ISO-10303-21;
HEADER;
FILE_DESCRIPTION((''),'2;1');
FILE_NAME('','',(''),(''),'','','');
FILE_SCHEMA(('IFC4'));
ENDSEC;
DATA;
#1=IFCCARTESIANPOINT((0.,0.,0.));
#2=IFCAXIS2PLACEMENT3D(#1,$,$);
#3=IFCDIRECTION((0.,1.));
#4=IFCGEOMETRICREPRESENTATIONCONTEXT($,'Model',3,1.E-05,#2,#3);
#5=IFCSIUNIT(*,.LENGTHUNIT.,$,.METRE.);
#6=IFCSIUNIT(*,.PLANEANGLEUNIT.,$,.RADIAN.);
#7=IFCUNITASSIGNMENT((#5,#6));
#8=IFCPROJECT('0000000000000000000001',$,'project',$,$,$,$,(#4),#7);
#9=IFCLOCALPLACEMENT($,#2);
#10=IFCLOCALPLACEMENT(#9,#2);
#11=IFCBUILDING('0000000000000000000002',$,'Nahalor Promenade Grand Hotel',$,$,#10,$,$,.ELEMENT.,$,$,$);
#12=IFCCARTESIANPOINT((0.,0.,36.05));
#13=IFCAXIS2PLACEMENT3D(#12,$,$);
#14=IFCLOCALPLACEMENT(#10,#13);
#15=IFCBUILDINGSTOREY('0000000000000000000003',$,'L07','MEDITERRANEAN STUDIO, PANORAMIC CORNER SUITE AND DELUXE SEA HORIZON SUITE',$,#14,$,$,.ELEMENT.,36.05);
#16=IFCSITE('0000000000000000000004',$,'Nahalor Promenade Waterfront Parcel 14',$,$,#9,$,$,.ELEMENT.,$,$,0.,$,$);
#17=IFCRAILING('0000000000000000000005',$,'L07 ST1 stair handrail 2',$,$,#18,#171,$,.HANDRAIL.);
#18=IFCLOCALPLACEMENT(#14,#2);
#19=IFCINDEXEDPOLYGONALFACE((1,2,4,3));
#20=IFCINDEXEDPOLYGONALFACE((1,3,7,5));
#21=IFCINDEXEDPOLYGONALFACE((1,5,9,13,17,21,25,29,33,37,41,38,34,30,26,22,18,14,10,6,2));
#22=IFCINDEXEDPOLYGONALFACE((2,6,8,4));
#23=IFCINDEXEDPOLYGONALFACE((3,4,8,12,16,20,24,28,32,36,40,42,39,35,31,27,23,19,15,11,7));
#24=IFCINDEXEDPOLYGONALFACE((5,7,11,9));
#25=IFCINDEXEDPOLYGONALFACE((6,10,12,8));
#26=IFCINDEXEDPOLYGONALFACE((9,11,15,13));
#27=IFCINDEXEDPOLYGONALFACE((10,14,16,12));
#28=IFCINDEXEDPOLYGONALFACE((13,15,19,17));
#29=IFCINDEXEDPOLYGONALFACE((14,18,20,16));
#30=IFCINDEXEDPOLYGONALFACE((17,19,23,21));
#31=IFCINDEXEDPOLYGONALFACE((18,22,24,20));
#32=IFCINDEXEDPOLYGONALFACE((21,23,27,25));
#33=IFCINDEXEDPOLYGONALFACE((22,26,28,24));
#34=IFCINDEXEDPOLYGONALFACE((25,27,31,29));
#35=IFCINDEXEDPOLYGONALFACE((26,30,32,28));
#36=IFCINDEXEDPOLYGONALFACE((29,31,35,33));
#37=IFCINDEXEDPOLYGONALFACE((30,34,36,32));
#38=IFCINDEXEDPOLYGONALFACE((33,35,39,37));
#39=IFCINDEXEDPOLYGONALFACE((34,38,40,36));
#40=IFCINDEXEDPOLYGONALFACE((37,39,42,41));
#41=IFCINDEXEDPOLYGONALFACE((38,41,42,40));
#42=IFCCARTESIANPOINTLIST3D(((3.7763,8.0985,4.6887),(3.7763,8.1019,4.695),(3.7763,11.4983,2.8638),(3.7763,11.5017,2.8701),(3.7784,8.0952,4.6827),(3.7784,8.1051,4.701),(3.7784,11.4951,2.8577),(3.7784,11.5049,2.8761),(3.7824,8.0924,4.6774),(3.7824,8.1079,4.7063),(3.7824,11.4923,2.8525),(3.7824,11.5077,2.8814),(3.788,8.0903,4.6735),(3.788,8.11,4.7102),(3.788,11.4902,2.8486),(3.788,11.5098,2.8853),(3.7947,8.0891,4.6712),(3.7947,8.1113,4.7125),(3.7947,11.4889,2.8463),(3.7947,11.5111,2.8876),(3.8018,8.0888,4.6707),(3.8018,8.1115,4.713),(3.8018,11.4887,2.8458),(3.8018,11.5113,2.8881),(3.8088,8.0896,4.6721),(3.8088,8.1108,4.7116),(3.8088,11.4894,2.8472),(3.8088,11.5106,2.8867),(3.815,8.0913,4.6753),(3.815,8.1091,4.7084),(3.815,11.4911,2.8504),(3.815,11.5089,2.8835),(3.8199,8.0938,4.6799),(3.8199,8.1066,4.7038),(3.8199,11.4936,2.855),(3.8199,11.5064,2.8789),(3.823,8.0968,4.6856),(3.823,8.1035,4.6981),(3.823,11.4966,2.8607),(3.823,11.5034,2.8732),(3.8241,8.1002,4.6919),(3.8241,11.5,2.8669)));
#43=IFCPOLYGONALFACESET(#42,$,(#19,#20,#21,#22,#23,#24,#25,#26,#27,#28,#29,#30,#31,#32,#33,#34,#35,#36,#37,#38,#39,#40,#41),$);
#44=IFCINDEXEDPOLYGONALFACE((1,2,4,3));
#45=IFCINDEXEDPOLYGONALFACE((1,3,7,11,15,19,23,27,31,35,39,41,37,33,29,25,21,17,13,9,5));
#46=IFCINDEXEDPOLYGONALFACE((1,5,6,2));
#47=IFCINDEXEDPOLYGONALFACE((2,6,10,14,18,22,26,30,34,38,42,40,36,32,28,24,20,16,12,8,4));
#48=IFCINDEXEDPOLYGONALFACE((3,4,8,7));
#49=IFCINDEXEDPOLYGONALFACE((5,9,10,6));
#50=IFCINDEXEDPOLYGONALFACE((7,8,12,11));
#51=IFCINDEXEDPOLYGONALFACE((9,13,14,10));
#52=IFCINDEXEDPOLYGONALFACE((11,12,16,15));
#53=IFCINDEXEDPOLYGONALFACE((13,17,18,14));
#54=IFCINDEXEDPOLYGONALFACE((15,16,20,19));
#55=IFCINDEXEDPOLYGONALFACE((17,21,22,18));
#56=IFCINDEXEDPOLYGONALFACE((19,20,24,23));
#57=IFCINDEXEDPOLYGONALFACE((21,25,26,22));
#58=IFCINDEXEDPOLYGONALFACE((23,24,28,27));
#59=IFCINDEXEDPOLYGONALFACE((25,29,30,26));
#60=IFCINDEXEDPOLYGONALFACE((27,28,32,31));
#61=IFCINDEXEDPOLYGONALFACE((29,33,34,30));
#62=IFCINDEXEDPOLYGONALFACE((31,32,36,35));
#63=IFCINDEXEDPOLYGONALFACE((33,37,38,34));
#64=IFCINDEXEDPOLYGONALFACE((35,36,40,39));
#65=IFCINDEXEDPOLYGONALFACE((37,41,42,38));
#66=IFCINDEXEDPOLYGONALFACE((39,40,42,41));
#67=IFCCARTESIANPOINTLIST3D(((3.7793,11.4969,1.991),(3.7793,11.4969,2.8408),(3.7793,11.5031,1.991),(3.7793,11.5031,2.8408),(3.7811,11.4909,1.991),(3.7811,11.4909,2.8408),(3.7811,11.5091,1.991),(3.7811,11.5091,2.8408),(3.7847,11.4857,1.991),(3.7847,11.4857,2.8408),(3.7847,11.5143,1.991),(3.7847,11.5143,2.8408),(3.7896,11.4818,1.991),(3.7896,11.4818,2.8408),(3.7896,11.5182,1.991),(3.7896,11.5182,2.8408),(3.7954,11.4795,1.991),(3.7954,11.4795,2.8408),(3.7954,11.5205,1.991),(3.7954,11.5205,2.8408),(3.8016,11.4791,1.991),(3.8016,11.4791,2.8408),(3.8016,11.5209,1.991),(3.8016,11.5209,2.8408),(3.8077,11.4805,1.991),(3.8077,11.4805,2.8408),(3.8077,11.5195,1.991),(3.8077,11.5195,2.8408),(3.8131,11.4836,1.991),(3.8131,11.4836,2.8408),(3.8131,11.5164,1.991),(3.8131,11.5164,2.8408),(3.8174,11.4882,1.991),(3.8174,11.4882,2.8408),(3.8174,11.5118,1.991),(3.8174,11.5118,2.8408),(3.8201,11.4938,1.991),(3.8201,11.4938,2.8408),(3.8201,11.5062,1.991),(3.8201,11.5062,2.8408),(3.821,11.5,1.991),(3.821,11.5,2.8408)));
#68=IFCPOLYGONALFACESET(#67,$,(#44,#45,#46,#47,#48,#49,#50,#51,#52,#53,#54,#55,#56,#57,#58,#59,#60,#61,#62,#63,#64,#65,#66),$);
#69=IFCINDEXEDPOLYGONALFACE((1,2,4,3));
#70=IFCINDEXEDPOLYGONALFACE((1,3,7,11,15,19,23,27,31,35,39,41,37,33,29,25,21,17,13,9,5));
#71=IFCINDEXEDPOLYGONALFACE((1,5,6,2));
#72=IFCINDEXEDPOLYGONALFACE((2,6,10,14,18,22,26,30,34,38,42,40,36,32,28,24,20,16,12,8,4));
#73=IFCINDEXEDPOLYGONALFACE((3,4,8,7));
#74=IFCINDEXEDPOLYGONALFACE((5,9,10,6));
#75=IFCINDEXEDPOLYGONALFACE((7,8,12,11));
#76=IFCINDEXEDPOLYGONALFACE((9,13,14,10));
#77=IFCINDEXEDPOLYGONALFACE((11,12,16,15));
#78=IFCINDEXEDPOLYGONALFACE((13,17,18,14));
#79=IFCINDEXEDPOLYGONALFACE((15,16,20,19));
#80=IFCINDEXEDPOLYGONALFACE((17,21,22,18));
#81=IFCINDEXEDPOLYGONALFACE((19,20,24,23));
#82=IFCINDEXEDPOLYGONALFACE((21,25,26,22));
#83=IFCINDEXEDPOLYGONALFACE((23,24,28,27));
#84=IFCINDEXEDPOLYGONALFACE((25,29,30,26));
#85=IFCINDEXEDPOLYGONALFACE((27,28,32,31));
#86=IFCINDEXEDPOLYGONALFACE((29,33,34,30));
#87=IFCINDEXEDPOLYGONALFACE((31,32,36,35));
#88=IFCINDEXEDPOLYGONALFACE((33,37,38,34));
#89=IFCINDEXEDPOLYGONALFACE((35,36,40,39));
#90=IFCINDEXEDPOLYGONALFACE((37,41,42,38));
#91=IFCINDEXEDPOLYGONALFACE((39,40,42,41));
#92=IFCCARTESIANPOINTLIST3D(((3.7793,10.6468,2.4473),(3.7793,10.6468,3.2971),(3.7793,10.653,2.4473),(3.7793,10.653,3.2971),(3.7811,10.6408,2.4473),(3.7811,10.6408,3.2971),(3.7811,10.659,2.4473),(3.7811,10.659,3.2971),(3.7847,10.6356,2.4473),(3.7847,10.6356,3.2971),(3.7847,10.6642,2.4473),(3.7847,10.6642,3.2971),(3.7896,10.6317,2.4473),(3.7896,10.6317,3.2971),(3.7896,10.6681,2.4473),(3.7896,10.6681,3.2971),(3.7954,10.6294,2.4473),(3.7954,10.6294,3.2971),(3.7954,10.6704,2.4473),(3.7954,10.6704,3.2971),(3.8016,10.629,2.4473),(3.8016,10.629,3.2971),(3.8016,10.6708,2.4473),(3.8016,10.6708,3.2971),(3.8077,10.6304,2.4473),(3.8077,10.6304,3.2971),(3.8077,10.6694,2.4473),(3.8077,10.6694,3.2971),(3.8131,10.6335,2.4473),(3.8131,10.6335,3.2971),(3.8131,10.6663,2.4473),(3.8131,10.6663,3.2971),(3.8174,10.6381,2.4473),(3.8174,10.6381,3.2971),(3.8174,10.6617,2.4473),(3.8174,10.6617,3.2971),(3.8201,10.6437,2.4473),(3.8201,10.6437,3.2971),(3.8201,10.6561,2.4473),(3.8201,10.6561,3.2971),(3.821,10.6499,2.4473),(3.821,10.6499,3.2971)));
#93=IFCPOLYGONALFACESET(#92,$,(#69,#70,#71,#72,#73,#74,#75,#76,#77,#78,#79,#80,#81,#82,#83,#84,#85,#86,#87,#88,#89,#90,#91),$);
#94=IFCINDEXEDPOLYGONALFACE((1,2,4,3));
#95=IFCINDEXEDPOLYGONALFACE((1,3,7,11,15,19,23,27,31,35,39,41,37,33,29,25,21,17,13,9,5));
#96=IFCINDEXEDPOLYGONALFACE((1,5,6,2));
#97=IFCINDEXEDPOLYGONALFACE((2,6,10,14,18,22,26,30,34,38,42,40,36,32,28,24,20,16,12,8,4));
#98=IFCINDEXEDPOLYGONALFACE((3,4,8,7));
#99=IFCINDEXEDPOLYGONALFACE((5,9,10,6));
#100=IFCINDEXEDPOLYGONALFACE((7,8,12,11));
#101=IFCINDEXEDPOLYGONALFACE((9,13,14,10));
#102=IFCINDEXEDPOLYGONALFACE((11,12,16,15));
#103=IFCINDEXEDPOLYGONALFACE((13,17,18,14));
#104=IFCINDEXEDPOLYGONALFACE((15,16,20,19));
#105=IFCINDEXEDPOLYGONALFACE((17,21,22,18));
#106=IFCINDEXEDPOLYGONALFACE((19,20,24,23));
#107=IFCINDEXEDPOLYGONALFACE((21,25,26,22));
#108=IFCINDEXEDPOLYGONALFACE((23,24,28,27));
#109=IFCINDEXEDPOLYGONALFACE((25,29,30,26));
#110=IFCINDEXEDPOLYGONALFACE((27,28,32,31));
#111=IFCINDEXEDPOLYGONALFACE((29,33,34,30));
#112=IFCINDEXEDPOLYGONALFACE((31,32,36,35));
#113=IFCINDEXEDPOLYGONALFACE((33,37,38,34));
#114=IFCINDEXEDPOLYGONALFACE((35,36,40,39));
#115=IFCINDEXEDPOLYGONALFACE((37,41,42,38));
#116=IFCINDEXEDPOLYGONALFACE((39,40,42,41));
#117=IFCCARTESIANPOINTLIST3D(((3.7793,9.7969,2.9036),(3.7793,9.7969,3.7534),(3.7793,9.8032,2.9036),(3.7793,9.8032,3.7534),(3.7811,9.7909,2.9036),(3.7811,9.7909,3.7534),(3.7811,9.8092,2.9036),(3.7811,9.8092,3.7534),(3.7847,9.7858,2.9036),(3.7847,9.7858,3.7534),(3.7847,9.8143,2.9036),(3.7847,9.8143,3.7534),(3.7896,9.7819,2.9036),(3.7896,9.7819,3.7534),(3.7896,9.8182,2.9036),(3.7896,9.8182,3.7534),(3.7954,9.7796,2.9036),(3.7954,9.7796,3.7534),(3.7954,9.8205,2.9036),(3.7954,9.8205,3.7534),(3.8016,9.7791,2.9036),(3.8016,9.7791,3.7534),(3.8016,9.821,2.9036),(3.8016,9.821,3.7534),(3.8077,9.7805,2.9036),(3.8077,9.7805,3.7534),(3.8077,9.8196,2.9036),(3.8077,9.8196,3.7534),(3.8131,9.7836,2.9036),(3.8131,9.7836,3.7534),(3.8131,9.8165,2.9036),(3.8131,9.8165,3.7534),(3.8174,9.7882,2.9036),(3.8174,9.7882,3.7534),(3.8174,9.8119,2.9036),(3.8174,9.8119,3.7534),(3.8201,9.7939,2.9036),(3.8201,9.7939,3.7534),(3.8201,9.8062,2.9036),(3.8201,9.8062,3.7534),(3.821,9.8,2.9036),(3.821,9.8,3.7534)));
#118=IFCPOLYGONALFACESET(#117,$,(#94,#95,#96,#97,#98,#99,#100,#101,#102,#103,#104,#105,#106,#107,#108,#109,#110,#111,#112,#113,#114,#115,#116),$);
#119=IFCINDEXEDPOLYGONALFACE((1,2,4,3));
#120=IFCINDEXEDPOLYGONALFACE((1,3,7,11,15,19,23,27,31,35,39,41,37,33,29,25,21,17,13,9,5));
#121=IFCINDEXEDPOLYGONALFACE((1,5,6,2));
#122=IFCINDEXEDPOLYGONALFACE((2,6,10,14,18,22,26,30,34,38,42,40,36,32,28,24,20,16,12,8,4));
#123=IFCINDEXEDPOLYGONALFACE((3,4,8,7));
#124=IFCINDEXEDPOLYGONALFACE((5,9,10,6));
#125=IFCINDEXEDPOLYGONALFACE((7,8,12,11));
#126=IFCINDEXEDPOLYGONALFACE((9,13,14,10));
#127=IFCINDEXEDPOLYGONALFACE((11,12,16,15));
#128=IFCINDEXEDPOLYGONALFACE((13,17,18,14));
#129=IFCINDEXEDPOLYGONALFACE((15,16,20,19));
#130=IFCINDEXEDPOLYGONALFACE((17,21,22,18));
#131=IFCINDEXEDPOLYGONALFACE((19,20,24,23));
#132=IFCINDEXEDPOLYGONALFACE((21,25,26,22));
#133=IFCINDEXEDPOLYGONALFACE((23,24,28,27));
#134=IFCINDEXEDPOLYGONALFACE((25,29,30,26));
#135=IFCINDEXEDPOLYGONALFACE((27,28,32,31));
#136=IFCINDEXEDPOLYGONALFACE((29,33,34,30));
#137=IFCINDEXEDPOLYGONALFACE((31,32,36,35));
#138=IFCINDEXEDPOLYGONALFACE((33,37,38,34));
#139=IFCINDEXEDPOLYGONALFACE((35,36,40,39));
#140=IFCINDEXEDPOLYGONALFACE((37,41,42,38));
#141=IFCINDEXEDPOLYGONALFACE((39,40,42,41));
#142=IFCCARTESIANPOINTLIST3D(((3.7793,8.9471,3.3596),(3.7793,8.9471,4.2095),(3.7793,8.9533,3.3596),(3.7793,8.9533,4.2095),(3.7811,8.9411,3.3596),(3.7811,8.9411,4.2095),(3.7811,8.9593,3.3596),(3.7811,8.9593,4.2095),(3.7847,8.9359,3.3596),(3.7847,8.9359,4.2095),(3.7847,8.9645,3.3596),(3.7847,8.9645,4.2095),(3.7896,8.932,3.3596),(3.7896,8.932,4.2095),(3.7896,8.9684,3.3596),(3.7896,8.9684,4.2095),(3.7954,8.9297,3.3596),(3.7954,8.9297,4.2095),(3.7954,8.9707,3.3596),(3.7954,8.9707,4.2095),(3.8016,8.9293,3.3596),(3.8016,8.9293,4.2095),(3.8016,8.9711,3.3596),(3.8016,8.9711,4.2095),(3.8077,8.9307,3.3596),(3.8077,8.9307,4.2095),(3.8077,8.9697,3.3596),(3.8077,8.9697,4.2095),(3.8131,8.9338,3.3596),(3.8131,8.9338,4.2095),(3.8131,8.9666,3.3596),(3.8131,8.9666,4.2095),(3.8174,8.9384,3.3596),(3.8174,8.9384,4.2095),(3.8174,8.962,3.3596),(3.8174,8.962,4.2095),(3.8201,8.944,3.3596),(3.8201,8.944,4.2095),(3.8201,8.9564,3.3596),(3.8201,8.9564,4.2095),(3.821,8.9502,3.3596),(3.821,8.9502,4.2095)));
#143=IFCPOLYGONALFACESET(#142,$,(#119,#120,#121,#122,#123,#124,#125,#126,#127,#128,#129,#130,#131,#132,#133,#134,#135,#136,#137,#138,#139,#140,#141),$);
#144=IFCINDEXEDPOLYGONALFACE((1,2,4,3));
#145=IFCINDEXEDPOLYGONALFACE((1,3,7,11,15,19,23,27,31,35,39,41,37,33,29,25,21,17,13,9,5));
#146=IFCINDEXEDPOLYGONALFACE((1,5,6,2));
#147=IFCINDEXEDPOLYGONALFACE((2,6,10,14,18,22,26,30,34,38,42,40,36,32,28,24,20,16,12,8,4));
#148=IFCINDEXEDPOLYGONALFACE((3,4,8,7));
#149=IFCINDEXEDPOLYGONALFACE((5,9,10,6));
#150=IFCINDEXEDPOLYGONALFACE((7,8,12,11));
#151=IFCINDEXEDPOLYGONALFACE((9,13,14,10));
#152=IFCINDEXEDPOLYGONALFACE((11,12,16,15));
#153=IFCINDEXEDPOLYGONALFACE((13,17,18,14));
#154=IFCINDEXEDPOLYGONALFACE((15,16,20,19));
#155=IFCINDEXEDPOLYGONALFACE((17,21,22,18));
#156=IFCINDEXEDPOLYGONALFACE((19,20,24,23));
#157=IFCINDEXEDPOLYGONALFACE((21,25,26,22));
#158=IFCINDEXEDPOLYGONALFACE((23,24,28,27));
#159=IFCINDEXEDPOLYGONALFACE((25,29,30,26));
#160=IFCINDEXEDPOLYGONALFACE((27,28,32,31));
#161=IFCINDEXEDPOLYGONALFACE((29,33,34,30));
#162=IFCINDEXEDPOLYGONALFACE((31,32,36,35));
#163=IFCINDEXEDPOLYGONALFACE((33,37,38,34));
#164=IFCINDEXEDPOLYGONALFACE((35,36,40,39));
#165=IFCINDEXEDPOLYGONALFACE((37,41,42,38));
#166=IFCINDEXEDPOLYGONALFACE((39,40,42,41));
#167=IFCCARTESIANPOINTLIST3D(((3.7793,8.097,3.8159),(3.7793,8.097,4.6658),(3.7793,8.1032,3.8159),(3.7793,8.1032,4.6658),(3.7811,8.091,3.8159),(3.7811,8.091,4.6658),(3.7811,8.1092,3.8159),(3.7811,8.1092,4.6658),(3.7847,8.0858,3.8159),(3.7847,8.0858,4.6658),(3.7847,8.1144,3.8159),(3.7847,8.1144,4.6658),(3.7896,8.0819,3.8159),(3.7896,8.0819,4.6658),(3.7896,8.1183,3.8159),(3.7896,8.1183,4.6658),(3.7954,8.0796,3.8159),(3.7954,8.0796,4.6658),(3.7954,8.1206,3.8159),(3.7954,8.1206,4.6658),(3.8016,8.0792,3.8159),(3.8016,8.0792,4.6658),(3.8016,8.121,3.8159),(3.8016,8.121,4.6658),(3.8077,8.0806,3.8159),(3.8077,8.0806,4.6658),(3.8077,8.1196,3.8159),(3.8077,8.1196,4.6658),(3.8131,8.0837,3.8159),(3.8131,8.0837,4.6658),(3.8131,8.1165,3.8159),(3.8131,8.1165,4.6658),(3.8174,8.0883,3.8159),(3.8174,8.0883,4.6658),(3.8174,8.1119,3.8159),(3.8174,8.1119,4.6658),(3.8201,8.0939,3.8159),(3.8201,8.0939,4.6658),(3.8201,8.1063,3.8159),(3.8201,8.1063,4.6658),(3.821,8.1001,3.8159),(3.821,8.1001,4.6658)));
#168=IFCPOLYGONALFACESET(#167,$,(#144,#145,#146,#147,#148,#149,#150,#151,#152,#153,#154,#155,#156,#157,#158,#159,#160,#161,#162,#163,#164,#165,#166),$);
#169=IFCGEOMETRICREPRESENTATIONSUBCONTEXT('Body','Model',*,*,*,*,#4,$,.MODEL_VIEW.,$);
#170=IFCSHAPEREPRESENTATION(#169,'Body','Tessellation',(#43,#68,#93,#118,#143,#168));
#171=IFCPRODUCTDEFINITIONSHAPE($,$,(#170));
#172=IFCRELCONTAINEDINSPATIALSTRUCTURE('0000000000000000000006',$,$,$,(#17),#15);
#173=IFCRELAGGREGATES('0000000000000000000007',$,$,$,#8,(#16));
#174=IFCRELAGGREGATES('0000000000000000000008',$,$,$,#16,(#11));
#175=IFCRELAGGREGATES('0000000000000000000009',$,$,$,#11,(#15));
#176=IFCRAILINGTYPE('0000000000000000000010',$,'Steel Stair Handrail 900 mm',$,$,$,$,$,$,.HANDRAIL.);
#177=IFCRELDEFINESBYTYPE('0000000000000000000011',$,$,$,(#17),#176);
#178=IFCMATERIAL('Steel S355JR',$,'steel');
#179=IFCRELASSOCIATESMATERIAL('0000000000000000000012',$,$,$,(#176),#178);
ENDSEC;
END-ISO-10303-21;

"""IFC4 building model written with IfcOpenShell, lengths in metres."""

from ifc_helpers import new_model, si_unit, direction, frame, origin, origin_2d, place, context, subcontext, project, spatial, circle, extrude, material, type_object, element, save


model = new_model("IFC4")

# Units and contexts
model_context = context("Model", 3, precision=1e-05, world=origin(), true_north=direction((0.0, 1.0)))
body_context = subcontext(model_context, "Body", "Model", "MODEL_VIEW")
ifc_project = project(units=[si_unit("LENGTHUNIT", "METRE"), si_unit("PLANEANGLEUNIT", "RADIAN")], contexts=[model_context])

# Site, building, storey
site_placement = place(None, origin())
site = spatial("IfcSite", under=ifc_project, at=site_placement, Name="Nahalor Promenade Waterfront Parcel 14", CompositionType="ELEMENT", RefElevation=0.0)
building_placement = place(site_placement, origin())
building = spatial("IfcBuilding", under=site, at=building_placement, Name="Nahalor Promenade Grand Hotel", CompositionType="ELEMENT")
storey_placement = place(building_placement, frame((0.0, 0.0, 36.05)))
storey = spatial("IfcBuildingStorey", under=building, at=storey_placement, Name="L07", Description="MEDITERRANEAN STUDIO, PANORAMIC CORNER SUITE AND DELUXE SEA HORIZON SUITE", CompositionType="ELEMENT", Elevation=36.05)

# Shared definitions
ifc_material_1 = material(Name="Steel S355JR", Category="steel")

# Railing
railing_type_1 = type_object("IfcRailingType", Name="Steel Stair Handrail 900 mm", PredefinedType="HANDRAIL", material=ifc_material_1)
railing_1_placement = place(storey_placement, frame((3.8, 11.5, 1.991)))
element("IfcRailing", 1, at=railing_1_placement, inside=storey, type_object=railing_type_1, Name="L07 ST1 stair handrail 2", PredefinedType="HANDRAIL", context=body_context, shape_type="SweptSolid", body=[
    extrude(circle(Radius=0.024, at=origin_2d()), frame((0.0, 0.0, 0.876), z_axis=(0.0, -0.881094, 0.472941), x_axis=(1.0, 0.0, 0.0)), (0.0, 0.0, 1.0), 3.8586),
    extrude(circle(Radius=0.021, at=origin_2d()), origin(), (0.0, 0.0, 1.0), 0.8499),
    extrude(circle(Radius=0.021, at=origin_2d()), frame((0.0, -0.8501, 0.4563)), (0.0, 0.0, 1.0), 0.8499),
    extrude(circle(Radius=0.021, at=origin_2d()), frame((0.0, -1.7, 0.9126)), (0.0, 0.0, 1.0), 0.8499),
    extrude(circle(Radius=0.021, at=origin_2d()), frame((0.0, -2.5498, 1.3687)), (0.0, 0.0, 1.0), 0.8499),
    extrude(circle(Radius=0.021, at=origin_2d()), frame((0.0, -3.3999, 1.825)), (0.0, 0.0, 1.0), 0.8499),
])

save(model, "model.ifc")
